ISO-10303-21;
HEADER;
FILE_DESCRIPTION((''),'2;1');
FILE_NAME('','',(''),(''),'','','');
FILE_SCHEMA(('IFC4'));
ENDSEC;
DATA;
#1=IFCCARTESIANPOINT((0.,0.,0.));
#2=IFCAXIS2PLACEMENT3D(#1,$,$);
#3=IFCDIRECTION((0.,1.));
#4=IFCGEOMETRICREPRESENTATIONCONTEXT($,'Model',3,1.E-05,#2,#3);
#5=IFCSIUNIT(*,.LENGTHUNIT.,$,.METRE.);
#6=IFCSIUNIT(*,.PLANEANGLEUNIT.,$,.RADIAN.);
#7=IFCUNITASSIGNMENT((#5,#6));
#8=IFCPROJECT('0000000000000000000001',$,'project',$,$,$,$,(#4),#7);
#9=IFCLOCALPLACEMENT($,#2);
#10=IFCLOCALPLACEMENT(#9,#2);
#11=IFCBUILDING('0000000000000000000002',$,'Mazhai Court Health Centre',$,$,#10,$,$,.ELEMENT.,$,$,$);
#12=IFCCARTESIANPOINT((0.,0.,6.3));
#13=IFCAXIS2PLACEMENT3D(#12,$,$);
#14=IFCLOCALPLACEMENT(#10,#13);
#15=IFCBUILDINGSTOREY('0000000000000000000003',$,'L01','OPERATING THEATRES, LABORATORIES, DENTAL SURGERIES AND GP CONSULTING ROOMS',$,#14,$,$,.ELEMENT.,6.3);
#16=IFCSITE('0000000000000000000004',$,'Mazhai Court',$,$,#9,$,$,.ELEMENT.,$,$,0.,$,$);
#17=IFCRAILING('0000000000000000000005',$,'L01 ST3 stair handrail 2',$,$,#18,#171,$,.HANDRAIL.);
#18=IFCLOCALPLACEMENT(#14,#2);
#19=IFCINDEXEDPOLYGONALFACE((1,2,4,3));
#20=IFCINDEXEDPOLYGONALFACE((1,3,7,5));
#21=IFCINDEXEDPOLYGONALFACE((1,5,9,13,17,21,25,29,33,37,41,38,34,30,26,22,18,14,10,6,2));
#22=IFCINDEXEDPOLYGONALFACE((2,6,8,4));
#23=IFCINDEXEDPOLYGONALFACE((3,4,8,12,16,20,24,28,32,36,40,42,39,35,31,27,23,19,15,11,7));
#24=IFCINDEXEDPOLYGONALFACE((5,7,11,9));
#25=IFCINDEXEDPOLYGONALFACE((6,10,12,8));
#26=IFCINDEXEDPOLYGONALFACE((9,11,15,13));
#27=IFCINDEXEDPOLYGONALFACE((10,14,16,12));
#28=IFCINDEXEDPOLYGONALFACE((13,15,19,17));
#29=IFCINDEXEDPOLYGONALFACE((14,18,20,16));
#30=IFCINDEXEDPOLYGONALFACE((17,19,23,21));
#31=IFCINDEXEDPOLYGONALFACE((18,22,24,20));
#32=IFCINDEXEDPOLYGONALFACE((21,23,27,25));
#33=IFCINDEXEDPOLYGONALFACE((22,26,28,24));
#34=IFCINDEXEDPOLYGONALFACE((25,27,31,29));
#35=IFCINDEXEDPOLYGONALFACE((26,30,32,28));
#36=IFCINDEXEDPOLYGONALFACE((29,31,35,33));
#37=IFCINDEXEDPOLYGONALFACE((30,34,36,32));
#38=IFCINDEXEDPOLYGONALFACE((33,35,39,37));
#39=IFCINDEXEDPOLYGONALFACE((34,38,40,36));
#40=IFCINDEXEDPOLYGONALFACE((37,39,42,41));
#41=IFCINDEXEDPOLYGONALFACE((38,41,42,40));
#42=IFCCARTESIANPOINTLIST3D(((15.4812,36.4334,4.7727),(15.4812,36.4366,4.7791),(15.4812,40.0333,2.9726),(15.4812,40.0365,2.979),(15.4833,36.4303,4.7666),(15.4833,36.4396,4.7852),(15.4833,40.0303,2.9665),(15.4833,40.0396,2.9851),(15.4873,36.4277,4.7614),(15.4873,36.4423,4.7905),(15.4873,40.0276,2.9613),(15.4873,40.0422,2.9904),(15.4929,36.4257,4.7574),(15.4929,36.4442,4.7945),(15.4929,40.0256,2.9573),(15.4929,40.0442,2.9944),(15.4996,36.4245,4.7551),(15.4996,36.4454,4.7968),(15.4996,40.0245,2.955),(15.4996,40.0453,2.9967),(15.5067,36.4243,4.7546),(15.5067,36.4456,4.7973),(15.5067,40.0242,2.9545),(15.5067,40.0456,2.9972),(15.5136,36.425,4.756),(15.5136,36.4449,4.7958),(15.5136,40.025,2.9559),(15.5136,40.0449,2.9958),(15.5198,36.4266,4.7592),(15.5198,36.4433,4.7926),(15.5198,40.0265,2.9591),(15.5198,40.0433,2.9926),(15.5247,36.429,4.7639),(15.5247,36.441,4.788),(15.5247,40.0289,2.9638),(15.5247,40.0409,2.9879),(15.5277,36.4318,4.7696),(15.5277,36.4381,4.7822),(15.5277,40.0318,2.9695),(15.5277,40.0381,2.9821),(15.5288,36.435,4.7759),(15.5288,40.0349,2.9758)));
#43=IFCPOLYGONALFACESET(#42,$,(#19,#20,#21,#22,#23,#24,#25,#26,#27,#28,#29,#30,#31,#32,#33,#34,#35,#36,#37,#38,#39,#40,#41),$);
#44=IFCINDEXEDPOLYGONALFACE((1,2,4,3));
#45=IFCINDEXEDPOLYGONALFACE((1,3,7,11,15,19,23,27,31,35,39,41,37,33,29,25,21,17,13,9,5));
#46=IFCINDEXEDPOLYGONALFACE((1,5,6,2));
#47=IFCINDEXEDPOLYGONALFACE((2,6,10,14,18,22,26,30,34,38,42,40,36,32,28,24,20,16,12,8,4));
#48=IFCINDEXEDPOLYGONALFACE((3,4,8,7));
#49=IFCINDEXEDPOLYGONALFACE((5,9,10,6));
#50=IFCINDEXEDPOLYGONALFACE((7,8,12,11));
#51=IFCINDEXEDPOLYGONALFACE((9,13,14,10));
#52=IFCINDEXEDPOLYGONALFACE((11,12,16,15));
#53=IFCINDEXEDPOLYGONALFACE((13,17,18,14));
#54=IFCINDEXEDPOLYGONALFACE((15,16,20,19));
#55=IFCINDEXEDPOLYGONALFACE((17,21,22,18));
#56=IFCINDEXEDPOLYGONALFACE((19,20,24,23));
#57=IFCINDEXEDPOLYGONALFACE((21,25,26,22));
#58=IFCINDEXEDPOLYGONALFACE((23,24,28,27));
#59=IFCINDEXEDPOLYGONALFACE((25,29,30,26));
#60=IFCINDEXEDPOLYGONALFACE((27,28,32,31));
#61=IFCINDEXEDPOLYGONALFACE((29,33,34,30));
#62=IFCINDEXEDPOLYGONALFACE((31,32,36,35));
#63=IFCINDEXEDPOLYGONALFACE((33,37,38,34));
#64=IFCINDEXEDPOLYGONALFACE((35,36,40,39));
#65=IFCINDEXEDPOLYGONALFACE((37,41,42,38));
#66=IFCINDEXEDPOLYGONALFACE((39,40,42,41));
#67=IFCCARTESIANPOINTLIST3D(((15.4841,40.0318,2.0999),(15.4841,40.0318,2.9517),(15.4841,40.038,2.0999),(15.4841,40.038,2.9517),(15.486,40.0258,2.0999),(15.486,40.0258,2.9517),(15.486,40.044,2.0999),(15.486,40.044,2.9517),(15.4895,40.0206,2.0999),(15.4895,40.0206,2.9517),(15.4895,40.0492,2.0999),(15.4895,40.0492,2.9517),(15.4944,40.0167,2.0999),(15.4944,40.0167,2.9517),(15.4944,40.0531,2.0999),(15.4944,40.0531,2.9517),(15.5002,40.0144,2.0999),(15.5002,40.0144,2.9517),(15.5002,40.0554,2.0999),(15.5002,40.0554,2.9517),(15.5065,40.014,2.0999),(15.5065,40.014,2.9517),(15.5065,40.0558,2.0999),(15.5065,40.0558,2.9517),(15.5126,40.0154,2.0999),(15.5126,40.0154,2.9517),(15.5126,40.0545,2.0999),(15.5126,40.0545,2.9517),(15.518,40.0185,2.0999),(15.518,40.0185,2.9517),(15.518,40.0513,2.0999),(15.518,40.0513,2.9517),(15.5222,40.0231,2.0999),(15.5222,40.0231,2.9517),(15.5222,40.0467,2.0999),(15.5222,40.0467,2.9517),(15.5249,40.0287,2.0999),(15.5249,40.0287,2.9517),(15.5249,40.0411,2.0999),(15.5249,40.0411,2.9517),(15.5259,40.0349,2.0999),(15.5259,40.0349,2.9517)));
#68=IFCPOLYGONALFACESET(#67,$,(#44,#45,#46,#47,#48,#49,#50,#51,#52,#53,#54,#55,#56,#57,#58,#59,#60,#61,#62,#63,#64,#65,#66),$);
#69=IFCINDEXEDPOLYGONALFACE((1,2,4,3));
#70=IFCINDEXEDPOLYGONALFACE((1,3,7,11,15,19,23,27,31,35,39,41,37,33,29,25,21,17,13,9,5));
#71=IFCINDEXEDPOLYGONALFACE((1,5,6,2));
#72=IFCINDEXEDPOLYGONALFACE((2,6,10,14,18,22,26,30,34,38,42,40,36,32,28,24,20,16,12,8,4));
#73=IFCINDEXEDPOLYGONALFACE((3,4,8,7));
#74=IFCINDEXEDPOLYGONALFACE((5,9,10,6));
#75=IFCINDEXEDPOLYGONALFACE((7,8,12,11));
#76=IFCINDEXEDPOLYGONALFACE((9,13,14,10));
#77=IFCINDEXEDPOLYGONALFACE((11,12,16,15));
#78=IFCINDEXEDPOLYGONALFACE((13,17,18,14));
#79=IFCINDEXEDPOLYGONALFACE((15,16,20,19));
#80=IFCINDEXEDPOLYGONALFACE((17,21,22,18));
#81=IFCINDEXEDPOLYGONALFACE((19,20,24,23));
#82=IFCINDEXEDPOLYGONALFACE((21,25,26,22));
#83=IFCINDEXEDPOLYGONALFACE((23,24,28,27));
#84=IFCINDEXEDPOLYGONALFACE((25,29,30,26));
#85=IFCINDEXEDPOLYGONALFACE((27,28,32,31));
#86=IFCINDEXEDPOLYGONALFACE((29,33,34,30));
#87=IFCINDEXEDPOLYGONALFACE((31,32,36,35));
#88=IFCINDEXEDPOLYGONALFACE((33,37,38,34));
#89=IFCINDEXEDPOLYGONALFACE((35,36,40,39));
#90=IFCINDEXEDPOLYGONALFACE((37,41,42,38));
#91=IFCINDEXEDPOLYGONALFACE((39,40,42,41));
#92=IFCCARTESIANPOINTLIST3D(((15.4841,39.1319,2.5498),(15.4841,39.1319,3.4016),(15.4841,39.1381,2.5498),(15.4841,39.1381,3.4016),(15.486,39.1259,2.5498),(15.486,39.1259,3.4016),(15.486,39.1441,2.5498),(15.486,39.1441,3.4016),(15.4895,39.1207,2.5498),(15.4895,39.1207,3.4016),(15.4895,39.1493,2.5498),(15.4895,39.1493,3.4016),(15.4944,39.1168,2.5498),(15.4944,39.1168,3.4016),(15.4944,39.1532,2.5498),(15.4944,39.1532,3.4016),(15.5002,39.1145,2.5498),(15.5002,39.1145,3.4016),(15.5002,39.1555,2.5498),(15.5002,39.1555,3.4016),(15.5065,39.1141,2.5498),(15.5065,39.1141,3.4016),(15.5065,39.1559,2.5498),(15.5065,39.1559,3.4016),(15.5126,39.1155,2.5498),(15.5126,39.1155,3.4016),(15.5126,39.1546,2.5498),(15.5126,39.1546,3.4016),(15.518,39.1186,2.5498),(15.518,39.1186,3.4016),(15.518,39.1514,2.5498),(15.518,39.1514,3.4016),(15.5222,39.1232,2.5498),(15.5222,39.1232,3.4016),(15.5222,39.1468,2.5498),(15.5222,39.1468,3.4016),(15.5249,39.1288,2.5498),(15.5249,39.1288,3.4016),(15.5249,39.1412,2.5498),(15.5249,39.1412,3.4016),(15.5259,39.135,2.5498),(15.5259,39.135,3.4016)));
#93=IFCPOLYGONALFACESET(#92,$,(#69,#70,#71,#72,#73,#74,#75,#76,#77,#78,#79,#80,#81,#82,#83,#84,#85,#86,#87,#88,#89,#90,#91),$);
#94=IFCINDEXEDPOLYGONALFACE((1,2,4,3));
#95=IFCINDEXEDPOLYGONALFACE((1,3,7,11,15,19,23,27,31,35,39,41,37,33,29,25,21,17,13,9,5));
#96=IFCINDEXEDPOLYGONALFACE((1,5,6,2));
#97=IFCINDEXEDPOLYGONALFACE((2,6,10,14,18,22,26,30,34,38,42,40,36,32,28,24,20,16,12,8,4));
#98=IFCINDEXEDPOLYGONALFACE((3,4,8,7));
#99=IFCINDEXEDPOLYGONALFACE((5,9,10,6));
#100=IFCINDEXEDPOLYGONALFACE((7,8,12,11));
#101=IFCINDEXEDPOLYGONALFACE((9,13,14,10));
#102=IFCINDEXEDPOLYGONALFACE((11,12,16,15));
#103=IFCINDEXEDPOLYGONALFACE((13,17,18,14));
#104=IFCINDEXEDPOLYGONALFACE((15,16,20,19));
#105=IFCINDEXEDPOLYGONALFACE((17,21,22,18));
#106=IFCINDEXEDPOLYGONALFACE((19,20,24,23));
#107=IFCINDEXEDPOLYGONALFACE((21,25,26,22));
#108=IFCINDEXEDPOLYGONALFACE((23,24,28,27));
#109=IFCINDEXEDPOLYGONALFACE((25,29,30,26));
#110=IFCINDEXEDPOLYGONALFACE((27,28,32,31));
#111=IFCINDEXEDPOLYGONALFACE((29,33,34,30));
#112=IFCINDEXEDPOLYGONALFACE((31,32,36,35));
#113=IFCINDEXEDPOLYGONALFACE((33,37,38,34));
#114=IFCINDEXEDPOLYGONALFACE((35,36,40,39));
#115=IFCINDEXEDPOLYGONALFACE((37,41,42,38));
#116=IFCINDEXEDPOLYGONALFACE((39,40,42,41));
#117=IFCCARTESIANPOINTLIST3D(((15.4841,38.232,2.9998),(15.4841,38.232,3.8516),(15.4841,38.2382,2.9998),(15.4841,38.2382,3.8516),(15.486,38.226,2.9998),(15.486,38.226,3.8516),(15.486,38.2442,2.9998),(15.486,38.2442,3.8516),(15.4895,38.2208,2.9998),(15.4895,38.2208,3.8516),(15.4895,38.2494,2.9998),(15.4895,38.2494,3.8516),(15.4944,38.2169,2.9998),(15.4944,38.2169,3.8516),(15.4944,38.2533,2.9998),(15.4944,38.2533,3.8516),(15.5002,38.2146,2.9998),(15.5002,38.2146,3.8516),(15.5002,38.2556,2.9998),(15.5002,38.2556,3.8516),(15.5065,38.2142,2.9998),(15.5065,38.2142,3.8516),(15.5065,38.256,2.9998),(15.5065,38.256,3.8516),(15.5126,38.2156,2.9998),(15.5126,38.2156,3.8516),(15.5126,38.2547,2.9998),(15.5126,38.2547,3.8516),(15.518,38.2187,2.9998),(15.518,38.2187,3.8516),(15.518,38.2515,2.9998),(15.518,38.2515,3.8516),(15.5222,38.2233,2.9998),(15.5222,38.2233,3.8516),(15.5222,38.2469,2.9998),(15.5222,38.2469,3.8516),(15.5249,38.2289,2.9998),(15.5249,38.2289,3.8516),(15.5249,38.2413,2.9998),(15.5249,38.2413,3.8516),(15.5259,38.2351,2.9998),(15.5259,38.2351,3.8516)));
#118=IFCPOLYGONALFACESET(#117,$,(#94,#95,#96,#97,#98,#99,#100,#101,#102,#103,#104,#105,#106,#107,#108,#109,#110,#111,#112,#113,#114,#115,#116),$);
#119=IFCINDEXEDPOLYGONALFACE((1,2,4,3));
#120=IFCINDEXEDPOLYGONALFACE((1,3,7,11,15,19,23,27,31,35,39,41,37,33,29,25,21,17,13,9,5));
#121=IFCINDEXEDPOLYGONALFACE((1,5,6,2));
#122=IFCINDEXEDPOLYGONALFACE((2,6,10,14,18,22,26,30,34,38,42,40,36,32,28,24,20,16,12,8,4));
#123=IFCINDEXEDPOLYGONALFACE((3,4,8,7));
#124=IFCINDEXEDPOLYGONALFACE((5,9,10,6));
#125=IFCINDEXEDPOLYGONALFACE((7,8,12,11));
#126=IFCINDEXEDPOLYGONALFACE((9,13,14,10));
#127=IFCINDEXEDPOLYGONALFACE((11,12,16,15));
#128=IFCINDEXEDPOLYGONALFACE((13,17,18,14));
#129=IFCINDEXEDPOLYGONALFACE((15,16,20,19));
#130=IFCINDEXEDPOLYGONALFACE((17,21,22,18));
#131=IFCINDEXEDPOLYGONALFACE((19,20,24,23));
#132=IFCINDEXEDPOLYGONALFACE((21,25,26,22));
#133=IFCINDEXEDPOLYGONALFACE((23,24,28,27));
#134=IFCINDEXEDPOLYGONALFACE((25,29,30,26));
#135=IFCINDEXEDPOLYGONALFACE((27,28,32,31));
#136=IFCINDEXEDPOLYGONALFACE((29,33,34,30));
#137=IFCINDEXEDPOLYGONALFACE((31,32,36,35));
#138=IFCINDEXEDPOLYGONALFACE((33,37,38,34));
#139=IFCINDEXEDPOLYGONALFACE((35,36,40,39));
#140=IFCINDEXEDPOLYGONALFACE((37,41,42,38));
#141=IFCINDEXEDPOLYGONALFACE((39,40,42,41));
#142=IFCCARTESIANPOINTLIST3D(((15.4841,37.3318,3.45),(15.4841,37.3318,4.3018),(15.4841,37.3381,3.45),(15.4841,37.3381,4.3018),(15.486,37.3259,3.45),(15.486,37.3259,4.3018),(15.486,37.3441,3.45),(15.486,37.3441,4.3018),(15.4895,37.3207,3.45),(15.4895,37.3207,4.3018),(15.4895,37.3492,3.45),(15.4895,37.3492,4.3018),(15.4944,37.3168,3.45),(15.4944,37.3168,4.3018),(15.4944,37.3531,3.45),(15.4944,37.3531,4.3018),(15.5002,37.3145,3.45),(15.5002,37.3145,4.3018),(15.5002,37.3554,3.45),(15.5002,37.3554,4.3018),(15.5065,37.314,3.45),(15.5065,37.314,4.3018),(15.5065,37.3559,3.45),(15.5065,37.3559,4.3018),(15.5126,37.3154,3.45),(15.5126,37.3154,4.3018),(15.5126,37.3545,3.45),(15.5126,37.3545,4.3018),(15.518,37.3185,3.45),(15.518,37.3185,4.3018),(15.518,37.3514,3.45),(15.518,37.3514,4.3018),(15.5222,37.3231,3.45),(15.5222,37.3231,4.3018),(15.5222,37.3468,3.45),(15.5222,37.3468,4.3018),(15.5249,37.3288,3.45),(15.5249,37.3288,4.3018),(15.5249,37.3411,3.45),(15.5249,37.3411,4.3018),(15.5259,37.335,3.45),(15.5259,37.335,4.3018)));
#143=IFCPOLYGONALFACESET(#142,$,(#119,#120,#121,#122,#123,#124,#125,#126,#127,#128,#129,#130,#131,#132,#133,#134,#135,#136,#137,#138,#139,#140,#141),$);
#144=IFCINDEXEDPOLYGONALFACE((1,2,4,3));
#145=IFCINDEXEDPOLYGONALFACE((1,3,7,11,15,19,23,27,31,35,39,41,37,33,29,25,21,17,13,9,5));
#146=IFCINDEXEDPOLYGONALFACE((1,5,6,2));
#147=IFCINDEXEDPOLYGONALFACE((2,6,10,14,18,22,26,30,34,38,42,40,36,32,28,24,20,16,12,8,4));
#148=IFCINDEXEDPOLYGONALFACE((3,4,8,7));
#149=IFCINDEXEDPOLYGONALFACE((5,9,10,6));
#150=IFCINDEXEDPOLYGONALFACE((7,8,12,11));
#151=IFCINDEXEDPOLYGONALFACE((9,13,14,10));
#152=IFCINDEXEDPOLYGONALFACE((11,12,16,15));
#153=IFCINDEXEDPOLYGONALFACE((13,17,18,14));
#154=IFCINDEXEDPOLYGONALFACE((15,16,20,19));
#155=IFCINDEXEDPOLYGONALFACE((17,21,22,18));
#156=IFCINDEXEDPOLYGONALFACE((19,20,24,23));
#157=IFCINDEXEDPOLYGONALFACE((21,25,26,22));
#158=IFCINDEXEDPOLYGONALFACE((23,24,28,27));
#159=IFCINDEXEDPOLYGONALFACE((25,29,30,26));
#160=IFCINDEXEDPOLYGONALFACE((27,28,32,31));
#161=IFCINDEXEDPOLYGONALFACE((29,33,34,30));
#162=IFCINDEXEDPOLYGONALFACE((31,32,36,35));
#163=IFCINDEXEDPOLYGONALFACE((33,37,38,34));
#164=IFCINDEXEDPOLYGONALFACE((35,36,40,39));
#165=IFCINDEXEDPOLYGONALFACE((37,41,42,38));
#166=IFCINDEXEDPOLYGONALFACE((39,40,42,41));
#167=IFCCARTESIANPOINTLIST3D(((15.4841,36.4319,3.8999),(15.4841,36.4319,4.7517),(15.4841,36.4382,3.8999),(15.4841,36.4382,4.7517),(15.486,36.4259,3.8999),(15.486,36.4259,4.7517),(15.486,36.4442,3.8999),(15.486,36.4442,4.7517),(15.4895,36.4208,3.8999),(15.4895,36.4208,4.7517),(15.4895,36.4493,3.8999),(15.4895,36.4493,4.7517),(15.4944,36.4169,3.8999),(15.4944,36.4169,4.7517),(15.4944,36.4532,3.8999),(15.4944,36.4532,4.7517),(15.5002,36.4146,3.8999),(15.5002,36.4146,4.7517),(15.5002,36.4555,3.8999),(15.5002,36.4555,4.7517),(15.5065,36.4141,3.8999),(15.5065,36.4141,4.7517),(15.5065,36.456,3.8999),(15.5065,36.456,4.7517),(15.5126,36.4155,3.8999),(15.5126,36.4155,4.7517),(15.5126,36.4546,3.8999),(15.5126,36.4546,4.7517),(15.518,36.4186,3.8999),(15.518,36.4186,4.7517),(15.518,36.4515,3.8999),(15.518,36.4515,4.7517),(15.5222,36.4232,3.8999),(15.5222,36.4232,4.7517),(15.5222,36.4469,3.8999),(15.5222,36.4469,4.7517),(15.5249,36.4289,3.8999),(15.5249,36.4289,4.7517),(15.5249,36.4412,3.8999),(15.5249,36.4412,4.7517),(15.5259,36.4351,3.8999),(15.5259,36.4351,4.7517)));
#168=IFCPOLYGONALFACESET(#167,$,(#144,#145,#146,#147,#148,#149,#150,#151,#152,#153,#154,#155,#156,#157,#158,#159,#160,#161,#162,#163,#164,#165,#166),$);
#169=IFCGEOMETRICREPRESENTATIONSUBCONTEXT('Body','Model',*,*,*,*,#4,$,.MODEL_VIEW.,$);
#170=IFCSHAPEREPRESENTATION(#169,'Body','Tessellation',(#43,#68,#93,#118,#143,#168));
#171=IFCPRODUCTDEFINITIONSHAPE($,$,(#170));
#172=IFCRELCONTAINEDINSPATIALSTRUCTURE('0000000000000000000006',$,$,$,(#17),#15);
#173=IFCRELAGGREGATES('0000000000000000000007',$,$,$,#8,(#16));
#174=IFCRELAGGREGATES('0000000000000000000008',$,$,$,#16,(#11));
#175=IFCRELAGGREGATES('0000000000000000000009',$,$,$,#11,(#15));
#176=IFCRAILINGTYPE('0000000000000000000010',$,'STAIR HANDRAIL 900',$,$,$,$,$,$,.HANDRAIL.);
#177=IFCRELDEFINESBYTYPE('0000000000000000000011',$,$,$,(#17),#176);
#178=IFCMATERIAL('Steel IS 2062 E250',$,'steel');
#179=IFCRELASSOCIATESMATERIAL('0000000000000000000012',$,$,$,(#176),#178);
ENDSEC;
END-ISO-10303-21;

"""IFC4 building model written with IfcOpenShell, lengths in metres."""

from ifc_helpers import new_model, si_unit, direction, frame, origin, origin_2d, place, context, subcontext, project, spatial, circle, extrude, material, type_object, element, save


model = new_model("IFC4")

# Units and contexts
model_context = context("Model", 3, precision=1e-05, world=origin(), true_north=direction((0.0, 1.0)))
body_context = subcontext(model_context, "Body", "Model", "MODEL_VIEW")
ifc_project = project(units=[si_unit("LENGTHUNIT", "METRE"), si_unit("PLANEANGLEUNIT", "RADIAN")], contexts=[model_context])

# Site, building, storey
site_placement = place(None, origin())
site = spatial("IfcSite", under=ifc_project, at=site_placement, Name="Mazhai Court", CompositionType="ELEMENT", RefElevation=0.0)
building_placement = place(site_placement, origin())
building = spatial("IfcBuilding", under=site, at=building_placement, Name="Mazhai Court Health Centre", CompositionType="ELEMENT")
storey_placement = place(building_placement, frame((0.0, 0.0, 6.3)))
storey = spatial("IfcBuildingStorey", under=building, at=storey_placement, Name="L01", Description="OPERATING THEATRES, LABORATORIES, DENTAL SURGERIES AND GP CONSULTING ROOMS", CompositionType="ELEMENT", Elevation=6.3)

# Railing
ifc_material_1 = material(Name="Steel IS 2062 E250", Category="steel")
railing_type_1 = type_object("IfcRailingType", Name="STAIR HANDRAIL 900", PredefinedType="HANDRAIL", material=ifc_material_1)
for number, where, name in (
    (1, (15.5049, 40.0349, 2.0999), "L01 ST3 stair handrail 2"),
):
    element("IfcRailing", number, at=place(storey_placement, frame(where)), inside=storey, type_object=railing_type_1, Name=name, PredefinedType="HANDRAIL", context=body_context, shape_type="SweptSolid", body=[
        extrude(circle(Radius=0.0239, at=origin_2d()), frame((0.0, 0.0, 0.876), z_axis=(0.0, -0.894415, 0.447238), x_axis=(1.0, 0.0, 0.0)), (0.0, 0.0, 1.0), 4.0249),
        extrude(circle(Radius=0.021, at=origin_2d()), origin(), (0.0, 0.0, 1.0), 0.8518),
        extrude(circle(Radius=0.021, at=origin_2d()), frame((0.0, -0.8999, 0.45)), (0.0, 0.0, 1.0), 0.8518),
        extrude(circle(Radius=0.021, at=origin_2d()), frame((0.0, -1.7998, 0.8999)), (0.0, 0.0, 1.0), 0.8518),
        extrude(circle(Radius=0.021, at=origin_2d()), frame((0.0, -2.7, 1.3501)), (0.0, 0.0, 1.0), 0.8518),
        extrude(circle(Radius=0.021, at=origin_2d()), frame((0.0, -3.5999, 1.8)), (0.0, 0.0, 1.0), 0.8518),
    ])

save(model, "model.ifc")
